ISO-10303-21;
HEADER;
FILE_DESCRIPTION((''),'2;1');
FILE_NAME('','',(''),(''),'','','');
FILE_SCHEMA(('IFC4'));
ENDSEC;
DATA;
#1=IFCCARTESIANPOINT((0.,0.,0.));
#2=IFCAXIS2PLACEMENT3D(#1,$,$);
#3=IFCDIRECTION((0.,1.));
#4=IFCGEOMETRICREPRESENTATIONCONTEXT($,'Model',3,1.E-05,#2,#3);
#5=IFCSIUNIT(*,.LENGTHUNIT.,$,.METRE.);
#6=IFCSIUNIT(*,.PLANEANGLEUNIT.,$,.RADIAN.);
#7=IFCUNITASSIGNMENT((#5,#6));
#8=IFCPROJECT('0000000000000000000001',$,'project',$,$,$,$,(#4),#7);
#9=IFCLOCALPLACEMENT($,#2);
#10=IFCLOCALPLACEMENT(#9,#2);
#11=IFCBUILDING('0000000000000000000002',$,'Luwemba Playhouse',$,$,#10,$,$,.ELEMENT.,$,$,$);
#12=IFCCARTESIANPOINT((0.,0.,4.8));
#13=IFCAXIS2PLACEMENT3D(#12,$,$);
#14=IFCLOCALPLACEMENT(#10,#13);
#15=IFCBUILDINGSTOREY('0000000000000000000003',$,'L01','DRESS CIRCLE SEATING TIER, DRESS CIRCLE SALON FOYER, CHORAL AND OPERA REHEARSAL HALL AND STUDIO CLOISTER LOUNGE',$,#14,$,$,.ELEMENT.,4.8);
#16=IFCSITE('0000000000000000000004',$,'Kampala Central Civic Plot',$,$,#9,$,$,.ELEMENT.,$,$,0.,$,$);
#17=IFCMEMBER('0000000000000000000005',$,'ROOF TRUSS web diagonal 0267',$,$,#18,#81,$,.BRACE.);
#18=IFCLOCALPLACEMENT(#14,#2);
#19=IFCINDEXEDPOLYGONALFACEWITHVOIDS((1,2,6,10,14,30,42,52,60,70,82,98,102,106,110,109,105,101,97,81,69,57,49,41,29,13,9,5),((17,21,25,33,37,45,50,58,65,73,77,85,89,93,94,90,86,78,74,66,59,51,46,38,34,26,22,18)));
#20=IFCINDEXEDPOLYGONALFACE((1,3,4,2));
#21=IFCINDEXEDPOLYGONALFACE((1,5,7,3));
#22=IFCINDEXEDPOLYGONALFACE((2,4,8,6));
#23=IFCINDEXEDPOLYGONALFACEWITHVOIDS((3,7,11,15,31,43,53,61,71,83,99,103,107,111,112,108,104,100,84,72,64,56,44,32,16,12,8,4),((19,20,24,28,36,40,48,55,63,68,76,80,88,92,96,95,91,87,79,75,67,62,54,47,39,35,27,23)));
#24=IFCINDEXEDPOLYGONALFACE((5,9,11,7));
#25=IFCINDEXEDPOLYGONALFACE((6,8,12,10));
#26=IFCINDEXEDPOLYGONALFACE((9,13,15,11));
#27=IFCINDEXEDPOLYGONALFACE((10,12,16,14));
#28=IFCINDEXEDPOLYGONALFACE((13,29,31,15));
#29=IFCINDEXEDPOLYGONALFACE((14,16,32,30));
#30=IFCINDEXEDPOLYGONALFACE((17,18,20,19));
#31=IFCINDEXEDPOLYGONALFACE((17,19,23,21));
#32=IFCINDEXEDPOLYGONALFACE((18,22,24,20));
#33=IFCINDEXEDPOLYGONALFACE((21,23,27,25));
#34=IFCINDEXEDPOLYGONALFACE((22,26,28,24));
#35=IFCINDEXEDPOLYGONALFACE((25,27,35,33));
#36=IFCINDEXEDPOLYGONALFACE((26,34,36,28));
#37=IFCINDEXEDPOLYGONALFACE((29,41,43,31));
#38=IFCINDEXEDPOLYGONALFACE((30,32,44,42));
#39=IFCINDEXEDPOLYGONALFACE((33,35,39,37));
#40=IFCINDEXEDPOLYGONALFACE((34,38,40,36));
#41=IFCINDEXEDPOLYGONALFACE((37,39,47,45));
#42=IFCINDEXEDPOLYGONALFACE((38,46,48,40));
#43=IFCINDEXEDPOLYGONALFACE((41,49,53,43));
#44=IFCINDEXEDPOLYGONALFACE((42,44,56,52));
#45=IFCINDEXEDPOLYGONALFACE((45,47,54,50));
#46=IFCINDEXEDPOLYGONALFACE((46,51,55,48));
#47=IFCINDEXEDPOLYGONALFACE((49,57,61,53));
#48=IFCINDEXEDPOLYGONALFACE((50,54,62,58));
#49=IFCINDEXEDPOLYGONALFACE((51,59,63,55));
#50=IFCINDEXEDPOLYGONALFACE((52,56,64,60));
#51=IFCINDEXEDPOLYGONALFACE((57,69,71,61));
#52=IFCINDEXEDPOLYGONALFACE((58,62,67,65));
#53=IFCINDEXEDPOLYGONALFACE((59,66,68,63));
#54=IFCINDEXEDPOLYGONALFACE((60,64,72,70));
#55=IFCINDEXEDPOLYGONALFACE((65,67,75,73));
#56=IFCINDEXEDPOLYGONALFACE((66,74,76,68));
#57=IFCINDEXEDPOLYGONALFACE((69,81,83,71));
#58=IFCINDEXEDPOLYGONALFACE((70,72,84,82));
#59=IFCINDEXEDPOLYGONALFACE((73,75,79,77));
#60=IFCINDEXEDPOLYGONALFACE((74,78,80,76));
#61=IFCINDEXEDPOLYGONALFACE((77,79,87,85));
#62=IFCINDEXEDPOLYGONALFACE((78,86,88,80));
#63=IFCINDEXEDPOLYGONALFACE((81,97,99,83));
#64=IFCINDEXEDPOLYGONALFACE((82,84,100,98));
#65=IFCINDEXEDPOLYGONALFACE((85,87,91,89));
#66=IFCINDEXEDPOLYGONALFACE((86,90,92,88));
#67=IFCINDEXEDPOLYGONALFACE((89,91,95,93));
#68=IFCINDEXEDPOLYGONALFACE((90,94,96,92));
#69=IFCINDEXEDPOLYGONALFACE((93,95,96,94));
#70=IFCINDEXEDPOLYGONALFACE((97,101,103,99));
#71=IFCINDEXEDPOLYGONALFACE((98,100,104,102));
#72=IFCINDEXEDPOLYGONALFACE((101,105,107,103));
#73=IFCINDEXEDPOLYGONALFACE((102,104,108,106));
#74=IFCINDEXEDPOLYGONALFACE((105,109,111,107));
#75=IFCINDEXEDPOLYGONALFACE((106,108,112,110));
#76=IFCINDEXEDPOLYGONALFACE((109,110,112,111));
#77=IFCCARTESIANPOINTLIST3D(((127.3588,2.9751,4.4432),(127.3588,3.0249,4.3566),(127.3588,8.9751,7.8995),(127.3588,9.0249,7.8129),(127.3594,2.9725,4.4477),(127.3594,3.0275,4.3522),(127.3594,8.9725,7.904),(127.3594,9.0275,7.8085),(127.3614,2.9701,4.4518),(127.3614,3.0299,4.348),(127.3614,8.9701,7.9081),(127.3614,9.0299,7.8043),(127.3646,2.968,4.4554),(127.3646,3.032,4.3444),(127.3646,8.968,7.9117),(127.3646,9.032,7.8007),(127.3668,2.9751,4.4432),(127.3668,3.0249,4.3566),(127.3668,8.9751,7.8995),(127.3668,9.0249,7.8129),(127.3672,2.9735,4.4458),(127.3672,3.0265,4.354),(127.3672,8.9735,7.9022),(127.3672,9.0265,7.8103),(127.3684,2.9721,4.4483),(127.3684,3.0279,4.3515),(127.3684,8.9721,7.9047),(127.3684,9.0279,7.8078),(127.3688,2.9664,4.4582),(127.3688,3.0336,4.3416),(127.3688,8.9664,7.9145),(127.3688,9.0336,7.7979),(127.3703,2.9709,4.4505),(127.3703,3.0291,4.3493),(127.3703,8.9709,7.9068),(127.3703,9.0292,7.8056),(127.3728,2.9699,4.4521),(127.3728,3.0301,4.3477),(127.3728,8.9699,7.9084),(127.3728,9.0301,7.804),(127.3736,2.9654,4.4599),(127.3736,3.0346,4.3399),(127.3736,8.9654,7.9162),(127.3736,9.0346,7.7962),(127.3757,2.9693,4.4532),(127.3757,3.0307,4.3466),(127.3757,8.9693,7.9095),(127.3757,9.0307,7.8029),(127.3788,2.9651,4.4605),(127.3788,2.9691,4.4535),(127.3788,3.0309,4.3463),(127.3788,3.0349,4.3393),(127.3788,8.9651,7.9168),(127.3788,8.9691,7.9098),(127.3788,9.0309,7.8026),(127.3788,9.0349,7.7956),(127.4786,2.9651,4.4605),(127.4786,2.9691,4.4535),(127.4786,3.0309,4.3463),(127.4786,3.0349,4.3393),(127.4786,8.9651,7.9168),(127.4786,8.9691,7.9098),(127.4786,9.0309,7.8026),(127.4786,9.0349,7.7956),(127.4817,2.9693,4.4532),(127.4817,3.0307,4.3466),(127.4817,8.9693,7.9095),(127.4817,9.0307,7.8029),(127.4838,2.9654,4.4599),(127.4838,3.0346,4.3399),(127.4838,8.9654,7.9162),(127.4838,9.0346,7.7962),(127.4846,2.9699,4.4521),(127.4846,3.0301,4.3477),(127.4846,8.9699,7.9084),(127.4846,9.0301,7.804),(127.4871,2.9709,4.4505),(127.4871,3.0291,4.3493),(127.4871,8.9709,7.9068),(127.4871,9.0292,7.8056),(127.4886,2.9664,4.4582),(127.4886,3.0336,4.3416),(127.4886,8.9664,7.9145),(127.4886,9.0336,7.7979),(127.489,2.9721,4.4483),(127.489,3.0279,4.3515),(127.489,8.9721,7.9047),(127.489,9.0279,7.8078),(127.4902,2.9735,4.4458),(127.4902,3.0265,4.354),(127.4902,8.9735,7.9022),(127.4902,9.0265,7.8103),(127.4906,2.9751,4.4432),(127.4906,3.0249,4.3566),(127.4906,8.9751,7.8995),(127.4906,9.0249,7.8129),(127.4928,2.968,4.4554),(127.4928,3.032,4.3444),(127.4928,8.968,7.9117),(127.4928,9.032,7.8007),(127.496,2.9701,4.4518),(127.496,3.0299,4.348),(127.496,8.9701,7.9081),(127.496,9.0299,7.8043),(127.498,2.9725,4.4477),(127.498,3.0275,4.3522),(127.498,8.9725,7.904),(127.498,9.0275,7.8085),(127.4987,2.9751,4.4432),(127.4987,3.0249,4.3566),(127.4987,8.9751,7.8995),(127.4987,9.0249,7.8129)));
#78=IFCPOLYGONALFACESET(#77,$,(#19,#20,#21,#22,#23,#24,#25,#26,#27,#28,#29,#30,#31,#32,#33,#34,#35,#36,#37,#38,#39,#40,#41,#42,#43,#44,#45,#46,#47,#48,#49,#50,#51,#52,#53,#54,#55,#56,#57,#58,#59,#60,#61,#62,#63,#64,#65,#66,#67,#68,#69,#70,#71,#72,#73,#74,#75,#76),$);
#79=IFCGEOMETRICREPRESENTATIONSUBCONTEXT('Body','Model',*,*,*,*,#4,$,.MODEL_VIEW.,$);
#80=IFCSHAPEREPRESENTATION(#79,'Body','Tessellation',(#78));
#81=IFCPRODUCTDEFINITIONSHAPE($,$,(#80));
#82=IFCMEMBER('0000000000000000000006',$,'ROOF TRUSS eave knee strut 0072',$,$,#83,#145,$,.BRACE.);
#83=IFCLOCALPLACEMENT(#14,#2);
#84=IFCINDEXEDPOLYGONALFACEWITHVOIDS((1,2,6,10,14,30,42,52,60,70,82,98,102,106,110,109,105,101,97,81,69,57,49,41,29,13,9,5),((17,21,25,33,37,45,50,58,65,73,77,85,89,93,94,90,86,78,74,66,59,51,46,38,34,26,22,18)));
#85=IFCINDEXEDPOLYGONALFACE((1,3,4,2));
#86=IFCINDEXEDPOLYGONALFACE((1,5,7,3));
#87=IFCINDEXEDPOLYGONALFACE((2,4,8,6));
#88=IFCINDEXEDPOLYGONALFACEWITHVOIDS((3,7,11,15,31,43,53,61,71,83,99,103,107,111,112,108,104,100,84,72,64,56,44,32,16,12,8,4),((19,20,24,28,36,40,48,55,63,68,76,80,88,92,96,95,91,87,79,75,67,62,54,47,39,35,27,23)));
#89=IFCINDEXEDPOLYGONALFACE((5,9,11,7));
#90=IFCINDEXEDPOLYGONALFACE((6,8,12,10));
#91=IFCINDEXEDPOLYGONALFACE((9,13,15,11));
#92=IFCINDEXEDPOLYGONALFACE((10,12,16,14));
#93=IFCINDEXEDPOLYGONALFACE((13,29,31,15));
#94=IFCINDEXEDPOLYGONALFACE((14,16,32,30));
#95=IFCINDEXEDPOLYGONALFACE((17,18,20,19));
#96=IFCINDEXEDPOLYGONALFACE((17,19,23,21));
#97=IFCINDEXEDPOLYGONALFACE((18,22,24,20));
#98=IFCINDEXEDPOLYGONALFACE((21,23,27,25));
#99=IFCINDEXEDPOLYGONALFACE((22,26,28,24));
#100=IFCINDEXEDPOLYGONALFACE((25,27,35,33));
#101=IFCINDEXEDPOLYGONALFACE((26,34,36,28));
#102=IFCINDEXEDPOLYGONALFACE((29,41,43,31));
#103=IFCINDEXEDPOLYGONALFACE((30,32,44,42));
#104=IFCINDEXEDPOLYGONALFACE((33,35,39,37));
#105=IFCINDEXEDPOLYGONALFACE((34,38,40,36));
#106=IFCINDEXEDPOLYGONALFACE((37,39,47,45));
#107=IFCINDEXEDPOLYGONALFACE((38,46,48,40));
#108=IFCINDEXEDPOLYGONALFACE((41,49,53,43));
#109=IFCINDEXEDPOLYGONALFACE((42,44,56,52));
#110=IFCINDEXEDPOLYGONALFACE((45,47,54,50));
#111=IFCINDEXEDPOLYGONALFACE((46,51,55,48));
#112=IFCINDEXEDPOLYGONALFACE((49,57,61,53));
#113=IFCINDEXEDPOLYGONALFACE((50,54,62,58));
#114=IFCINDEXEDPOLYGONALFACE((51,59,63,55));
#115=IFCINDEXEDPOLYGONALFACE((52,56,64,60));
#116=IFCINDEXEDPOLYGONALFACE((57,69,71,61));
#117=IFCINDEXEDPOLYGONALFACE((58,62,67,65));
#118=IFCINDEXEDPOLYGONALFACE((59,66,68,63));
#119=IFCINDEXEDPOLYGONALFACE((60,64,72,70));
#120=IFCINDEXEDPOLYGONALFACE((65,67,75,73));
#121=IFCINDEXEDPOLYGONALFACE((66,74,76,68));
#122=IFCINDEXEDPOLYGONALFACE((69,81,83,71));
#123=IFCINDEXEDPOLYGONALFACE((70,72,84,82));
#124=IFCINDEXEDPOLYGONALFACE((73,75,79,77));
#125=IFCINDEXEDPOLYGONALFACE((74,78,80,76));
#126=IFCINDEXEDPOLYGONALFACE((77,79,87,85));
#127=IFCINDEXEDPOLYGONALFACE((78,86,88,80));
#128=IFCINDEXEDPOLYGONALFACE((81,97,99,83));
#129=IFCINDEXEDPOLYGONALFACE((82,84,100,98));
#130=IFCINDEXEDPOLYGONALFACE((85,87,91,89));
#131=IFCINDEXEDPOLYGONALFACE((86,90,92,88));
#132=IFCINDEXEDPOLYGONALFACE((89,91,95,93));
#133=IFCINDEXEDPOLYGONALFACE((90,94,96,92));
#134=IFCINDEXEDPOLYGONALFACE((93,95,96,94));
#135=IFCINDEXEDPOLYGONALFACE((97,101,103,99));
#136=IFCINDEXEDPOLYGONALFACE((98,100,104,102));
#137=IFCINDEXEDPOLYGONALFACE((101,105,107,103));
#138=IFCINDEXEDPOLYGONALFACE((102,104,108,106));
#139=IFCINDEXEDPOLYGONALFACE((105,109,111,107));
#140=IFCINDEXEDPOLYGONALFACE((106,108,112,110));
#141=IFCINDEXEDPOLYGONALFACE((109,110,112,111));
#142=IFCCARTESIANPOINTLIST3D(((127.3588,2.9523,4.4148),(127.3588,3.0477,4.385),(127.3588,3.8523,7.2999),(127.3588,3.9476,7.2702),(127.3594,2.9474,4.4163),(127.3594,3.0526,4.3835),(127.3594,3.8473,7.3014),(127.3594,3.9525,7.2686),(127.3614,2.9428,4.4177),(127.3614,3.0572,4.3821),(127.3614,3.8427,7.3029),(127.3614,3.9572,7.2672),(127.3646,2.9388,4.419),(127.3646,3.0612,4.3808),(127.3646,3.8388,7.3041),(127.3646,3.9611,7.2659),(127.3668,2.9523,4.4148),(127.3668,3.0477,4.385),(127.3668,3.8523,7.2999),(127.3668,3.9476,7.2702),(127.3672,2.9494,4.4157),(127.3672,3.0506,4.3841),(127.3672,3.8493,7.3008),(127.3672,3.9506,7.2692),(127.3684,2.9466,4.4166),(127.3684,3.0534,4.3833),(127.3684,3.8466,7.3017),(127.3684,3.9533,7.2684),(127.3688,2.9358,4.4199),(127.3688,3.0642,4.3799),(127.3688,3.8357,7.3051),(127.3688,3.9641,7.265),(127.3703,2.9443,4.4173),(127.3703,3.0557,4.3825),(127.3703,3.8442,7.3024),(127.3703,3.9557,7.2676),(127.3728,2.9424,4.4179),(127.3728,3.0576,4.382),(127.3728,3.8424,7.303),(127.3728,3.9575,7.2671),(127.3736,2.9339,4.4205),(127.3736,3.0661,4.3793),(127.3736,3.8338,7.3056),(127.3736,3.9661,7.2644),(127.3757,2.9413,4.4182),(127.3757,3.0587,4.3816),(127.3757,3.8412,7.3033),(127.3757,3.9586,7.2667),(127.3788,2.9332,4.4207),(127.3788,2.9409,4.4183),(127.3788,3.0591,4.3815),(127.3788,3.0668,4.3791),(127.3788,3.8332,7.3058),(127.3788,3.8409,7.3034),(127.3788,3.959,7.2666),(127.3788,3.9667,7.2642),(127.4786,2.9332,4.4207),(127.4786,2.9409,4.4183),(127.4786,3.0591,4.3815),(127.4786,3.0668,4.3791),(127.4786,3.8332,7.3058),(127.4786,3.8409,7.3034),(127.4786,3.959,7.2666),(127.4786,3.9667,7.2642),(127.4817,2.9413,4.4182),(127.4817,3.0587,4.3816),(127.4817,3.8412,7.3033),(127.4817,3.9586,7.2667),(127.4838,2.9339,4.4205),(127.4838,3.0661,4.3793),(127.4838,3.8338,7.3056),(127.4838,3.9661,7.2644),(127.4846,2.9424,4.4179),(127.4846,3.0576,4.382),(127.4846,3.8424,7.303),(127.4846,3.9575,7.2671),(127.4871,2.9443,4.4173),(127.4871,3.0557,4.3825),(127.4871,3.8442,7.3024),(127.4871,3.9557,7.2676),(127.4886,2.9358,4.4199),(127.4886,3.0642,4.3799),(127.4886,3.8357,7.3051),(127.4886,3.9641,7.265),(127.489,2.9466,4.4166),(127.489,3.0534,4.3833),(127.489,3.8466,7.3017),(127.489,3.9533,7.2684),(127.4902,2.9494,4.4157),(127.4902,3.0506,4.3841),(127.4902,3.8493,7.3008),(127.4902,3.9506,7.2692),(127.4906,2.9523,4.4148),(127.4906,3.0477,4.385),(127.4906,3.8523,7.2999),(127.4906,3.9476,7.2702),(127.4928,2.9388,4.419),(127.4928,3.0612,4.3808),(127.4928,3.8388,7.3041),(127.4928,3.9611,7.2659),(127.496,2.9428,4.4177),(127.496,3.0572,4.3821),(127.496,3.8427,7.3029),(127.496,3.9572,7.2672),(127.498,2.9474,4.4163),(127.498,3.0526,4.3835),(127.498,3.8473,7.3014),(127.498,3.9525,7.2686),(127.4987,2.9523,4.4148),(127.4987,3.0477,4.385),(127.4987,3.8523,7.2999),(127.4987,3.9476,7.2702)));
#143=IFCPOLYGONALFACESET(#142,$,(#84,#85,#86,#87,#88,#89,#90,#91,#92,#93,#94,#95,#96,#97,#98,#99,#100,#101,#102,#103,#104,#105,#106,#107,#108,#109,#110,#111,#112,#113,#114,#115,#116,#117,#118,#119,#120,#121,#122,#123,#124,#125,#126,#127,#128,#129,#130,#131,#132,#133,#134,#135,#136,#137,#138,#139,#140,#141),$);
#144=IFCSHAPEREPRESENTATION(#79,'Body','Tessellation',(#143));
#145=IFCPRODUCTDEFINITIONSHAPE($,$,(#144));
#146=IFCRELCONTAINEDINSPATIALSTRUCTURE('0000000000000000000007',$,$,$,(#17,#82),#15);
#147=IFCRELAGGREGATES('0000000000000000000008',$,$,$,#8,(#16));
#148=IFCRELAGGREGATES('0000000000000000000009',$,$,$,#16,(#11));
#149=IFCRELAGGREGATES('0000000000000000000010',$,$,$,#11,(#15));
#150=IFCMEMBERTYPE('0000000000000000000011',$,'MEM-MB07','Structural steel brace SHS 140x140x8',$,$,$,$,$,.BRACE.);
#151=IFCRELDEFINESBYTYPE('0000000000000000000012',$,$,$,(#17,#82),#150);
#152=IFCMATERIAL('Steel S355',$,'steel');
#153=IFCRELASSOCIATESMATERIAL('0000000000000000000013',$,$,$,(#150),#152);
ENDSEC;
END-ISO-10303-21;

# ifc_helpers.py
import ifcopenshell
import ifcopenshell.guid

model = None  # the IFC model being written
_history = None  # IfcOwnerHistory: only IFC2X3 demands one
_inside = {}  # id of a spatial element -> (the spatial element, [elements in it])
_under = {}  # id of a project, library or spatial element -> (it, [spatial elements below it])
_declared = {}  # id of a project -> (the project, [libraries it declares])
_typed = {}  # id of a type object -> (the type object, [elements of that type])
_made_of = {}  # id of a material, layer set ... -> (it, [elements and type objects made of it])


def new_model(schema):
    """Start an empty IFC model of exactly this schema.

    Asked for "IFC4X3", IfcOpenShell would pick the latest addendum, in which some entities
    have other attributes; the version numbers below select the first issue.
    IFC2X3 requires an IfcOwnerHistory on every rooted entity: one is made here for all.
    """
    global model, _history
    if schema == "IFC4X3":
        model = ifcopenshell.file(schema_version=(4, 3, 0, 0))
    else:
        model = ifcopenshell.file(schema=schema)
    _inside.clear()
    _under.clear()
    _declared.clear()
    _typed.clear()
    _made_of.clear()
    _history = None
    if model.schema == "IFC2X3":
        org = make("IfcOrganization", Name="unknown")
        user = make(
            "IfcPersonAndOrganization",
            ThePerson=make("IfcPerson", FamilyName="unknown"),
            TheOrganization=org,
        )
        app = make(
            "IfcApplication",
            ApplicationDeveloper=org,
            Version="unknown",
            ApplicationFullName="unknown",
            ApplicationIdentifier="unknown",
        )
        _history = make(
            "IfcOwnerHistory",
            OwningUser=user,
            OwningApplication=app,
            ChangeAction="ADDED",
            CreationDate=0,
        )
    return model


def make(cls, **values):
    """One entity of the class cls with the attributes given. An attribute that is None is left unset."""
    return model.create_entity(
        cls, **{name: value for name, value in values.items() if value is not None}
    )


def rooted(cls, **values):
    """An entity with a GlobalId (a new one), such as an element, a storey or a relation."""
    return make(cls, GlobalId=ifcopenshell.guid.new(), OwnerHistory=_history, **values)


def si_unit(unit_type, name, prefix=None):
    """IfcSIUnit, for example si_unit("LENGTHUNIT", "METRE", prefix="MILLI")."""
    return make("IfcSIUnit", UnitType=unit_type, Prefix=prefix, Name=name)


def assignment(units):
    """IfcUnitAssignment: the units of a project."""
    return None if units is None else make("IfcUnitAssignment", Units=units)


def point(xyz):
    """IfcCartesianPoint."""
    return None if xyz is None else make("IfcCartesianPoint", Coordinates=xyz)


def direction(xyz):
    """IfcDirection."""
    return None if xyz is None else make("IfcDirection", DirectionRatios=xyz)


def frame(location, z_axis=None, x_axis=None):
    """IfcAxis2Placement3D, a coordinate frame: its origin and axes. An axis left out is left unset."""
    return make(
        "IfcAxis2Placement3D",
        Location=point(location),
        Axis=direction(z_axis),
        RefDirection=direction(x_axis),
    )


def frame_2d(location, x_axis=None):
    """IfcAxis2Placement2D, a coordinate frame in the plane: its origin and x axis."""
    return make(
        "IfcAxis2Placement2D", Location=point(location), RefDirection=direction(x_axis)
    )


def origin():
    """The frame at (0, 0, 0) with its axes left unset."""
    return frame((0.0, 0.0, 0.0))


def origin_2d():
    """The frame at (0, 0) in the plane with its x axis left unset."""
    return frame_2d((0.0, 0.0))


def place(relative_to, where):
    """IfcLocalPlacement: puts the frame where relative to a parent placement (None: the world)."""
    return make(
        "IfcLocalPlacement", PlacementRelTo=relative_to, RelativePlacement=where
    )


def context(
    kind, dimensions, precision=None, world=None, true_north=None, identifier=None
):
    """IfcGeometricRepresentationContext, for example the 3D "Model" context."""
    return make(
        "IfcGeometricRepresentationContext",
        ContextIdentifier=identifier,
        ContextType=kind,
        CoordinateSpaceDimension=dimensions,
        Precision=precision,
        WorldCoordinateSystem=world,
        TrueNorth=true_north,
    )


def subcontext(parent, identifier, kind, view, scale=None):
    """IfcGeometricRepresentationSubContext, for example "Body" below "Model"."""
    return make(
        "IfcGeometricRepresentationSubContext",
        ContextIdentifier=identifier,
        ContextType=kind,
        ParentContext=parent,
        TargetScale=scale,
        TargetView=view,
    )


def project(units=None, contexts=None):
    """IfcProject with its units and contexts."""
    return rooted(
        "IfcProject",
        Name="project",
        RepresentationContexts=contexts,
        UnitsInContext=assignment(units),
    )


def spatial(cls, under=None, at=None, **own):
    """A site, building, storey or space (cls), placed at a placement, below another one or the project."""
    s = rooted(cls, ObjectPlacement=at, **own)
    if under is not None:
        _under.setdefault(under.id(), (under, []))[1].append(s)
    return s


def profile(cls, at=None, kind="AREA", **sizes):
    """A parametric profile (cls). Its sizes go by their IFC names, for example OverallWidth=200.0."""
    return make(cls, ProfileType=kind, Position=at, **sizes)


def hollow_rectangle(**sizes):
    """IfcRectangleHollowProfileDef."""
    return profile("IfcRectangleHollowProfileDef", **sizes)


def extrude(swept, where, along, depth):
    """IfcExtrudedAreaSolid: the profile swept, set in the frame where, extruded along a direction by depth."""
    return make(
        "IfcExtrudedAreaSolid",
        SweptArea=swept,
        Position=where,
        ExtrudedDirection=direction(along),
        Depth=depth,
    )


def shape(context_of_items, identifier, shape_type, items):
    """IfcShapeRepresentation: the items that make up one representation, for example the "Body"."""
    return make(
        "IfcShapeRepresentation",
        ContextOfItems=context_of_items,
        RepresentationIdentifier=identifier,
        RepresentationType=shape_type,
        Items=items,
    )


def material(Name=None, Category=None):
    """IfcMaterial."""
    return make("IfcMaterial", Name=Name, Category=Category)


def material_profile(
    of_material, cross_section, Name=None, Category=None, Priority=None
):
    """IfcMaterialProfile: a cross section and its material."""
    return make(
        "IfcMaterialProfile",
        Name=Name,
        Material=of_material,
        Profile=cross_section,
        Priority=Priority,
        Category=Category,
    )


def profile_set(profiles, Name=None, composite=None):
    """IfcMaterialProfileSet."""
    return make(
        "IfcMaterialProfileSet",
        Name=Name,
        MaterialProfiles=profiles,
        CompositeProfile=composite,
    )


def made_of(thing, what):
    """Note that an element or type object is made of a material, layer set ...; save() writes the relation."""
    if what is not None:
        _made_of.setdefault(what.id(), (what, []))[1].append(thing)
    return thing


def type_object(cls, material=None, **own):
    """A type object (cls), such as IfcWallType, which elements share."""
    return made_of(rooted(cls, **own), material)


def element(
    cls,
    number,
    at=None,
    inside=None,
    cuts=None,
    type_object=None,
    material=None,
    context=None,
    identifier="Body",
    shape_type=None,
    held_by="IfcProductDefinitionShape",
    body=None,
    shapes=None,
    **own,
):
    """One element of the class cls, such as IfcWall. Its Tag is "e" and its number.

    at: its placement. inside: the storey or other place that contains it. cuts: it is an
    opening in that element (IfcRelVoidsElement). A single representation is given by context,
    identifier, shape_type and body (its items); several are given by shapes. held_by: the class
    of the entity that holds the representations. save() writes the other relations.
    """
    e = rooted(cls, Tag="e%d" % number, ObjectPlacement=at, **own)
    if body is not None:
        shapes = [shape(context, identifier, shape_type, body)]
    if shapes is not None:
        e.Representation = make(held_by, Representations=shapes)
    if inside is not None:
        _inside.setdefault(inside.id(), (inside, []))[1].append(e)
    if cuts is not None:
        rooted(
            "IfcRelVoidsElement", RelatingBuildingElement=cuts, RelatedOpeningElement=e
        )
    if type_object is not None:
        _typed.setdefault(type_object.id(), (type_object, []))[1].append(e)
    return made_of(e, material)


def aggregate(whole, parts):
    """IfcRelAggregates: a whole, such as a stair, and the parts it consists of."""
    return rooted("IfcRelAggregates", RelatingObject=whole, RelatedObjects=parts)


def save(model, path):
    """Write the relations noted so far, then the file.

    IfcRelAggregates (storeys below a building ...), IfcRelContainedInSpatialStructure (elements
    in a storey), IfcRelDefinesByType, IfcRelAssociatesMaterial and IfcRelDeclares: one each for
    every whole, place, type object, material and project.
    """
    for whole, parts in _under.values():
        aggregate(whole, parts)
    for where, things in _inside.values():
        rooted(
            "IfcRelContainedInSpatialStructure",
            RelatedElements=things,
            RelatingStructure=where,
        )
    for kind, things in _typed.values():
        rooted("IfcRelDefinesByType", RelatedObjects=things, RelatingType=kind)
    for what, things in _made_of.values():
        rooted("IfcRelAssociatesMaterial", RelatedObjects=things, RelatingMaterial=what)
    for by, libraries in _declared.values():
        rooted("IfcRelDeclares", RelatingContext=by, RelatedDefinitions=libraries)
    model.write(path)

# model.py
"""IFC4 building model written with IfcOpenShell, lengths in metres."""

from ifc_helpers import new_model, si_unit, direction, frame, origin, origin_2d, place, context, subcontext, project, spatial, hollow_rectangle, extrude, material, material_profile, profile_set, type_object, element, save


model = new_model("IFC4")

# Units and contexts
model_context = context("Model", 3, precision=1e-05, world=origin(), true_north=direction((0.0, 1.0)))
body_context = subcontext(model_context, "Body", "Model", "MODEL_VIEW")
ifc_project = project(units=[si_unit("LENGTHUNIT", "METRE"), si_unit("PLANEANGLEUNIT", "RADIAN")], contexts=[model_context])

# Site, building, storey
site_placement = place(None, origin())
site = spatial("IfcSite", under=ifc_project, at=site_placement, Name="Kampala Central Civic Plot", CompositionType="ELEMENT", RefElevation=0.0)
building_placement = place(site_placement, origin())
building = spatial("IfcBuilding", under=site, at=building_placement, Name="Luwemba Playhouse", CompositionType="ELEMENT")
storey_placement = place(building_placement, frame((0.0, 0.0, 4.8)))
storey = spatial("IfcBuildingStorey", under=building, at=storey_placement, Name="L01", Description="DRESS CIRCLE SEATING TIER, DRESS CIRCLE SALON FOYER, CHORAL AND OPERA REHEARSAL HALL AND STUDIO CLOISTER LOUNGE", CompositionType="ELEMENT", Elevation=4.8)

# Shared definitions
ifc_material_1 = material(Name="Steel S355", Category="steel")

# Members
ifc_material_profile_1 = material_profile(ifc_material_1, hollow_rectangle(XDim=0.1399, YDim=0.1399, WallThickness=0.0081, InnerFilletRadius=0.012, OuterFilletRadius=0.02, at=origin_2d()))
ifc_profile_set_1 = profile_set([ifc_material_profile_1], Name="Steel S355")
member_type_1 = type_object("IfcMemberType", Name="MEM-MB07", Description="Structural steel brace SHS 140x140x8", PredefinedType="BRACE", material=ifc_profile_set_1)
member_1_placement = place(storey_placement, frame((127.4287, 3.0, 4.3999), z_axis=(0.0, 0.866513, 0.499155), x_axis=(-1.0, 0.0, 0.0)))
element("IfcMember", 1, at=member_1_placement, inside=storey, type_object=member_type_1, Name="ROOF TRUSS web diagonal 0267", PredefinedType="BRACE", context=body_context, shape_type="SweptSolid", body=[
    extrude(hollow_rectangle(XDim=0.1399, YDim=0.1399, WallThickness=0.0081, InnerFilletRadius=0.012, OuterFilletRadius=0.02, at=origin_2d()), origin(), (0.0, 0.0, 1.0), 6.9243),
])
member_2_placement = place(storey_placement, frame((127.4287, 3.0, 4.3999), z_axis=(0.0, 0.297774, 0.954637), x_axis=(-1.0, 0.0, 0.0)))
element("IfcMember", 2, at=member_2_placement, inside=storey, type_object=member_type_1, Name="ROOF TRUSS eave knee strut 0072", PredefinedType="BRACE", context=body_context, shape_type="SweptSolid", body=[
    extrude(hollow_rectangle(XDim=0.1399, YDim=0.1399, WallThickness=0.0081, InnerFilletRadius=0.012, OuterFilletRadius=0.02, at=origin_2d()), origin(), (0.0, 0.0, 1.0), 3.0222),
])

save(model, "model.ifc")
